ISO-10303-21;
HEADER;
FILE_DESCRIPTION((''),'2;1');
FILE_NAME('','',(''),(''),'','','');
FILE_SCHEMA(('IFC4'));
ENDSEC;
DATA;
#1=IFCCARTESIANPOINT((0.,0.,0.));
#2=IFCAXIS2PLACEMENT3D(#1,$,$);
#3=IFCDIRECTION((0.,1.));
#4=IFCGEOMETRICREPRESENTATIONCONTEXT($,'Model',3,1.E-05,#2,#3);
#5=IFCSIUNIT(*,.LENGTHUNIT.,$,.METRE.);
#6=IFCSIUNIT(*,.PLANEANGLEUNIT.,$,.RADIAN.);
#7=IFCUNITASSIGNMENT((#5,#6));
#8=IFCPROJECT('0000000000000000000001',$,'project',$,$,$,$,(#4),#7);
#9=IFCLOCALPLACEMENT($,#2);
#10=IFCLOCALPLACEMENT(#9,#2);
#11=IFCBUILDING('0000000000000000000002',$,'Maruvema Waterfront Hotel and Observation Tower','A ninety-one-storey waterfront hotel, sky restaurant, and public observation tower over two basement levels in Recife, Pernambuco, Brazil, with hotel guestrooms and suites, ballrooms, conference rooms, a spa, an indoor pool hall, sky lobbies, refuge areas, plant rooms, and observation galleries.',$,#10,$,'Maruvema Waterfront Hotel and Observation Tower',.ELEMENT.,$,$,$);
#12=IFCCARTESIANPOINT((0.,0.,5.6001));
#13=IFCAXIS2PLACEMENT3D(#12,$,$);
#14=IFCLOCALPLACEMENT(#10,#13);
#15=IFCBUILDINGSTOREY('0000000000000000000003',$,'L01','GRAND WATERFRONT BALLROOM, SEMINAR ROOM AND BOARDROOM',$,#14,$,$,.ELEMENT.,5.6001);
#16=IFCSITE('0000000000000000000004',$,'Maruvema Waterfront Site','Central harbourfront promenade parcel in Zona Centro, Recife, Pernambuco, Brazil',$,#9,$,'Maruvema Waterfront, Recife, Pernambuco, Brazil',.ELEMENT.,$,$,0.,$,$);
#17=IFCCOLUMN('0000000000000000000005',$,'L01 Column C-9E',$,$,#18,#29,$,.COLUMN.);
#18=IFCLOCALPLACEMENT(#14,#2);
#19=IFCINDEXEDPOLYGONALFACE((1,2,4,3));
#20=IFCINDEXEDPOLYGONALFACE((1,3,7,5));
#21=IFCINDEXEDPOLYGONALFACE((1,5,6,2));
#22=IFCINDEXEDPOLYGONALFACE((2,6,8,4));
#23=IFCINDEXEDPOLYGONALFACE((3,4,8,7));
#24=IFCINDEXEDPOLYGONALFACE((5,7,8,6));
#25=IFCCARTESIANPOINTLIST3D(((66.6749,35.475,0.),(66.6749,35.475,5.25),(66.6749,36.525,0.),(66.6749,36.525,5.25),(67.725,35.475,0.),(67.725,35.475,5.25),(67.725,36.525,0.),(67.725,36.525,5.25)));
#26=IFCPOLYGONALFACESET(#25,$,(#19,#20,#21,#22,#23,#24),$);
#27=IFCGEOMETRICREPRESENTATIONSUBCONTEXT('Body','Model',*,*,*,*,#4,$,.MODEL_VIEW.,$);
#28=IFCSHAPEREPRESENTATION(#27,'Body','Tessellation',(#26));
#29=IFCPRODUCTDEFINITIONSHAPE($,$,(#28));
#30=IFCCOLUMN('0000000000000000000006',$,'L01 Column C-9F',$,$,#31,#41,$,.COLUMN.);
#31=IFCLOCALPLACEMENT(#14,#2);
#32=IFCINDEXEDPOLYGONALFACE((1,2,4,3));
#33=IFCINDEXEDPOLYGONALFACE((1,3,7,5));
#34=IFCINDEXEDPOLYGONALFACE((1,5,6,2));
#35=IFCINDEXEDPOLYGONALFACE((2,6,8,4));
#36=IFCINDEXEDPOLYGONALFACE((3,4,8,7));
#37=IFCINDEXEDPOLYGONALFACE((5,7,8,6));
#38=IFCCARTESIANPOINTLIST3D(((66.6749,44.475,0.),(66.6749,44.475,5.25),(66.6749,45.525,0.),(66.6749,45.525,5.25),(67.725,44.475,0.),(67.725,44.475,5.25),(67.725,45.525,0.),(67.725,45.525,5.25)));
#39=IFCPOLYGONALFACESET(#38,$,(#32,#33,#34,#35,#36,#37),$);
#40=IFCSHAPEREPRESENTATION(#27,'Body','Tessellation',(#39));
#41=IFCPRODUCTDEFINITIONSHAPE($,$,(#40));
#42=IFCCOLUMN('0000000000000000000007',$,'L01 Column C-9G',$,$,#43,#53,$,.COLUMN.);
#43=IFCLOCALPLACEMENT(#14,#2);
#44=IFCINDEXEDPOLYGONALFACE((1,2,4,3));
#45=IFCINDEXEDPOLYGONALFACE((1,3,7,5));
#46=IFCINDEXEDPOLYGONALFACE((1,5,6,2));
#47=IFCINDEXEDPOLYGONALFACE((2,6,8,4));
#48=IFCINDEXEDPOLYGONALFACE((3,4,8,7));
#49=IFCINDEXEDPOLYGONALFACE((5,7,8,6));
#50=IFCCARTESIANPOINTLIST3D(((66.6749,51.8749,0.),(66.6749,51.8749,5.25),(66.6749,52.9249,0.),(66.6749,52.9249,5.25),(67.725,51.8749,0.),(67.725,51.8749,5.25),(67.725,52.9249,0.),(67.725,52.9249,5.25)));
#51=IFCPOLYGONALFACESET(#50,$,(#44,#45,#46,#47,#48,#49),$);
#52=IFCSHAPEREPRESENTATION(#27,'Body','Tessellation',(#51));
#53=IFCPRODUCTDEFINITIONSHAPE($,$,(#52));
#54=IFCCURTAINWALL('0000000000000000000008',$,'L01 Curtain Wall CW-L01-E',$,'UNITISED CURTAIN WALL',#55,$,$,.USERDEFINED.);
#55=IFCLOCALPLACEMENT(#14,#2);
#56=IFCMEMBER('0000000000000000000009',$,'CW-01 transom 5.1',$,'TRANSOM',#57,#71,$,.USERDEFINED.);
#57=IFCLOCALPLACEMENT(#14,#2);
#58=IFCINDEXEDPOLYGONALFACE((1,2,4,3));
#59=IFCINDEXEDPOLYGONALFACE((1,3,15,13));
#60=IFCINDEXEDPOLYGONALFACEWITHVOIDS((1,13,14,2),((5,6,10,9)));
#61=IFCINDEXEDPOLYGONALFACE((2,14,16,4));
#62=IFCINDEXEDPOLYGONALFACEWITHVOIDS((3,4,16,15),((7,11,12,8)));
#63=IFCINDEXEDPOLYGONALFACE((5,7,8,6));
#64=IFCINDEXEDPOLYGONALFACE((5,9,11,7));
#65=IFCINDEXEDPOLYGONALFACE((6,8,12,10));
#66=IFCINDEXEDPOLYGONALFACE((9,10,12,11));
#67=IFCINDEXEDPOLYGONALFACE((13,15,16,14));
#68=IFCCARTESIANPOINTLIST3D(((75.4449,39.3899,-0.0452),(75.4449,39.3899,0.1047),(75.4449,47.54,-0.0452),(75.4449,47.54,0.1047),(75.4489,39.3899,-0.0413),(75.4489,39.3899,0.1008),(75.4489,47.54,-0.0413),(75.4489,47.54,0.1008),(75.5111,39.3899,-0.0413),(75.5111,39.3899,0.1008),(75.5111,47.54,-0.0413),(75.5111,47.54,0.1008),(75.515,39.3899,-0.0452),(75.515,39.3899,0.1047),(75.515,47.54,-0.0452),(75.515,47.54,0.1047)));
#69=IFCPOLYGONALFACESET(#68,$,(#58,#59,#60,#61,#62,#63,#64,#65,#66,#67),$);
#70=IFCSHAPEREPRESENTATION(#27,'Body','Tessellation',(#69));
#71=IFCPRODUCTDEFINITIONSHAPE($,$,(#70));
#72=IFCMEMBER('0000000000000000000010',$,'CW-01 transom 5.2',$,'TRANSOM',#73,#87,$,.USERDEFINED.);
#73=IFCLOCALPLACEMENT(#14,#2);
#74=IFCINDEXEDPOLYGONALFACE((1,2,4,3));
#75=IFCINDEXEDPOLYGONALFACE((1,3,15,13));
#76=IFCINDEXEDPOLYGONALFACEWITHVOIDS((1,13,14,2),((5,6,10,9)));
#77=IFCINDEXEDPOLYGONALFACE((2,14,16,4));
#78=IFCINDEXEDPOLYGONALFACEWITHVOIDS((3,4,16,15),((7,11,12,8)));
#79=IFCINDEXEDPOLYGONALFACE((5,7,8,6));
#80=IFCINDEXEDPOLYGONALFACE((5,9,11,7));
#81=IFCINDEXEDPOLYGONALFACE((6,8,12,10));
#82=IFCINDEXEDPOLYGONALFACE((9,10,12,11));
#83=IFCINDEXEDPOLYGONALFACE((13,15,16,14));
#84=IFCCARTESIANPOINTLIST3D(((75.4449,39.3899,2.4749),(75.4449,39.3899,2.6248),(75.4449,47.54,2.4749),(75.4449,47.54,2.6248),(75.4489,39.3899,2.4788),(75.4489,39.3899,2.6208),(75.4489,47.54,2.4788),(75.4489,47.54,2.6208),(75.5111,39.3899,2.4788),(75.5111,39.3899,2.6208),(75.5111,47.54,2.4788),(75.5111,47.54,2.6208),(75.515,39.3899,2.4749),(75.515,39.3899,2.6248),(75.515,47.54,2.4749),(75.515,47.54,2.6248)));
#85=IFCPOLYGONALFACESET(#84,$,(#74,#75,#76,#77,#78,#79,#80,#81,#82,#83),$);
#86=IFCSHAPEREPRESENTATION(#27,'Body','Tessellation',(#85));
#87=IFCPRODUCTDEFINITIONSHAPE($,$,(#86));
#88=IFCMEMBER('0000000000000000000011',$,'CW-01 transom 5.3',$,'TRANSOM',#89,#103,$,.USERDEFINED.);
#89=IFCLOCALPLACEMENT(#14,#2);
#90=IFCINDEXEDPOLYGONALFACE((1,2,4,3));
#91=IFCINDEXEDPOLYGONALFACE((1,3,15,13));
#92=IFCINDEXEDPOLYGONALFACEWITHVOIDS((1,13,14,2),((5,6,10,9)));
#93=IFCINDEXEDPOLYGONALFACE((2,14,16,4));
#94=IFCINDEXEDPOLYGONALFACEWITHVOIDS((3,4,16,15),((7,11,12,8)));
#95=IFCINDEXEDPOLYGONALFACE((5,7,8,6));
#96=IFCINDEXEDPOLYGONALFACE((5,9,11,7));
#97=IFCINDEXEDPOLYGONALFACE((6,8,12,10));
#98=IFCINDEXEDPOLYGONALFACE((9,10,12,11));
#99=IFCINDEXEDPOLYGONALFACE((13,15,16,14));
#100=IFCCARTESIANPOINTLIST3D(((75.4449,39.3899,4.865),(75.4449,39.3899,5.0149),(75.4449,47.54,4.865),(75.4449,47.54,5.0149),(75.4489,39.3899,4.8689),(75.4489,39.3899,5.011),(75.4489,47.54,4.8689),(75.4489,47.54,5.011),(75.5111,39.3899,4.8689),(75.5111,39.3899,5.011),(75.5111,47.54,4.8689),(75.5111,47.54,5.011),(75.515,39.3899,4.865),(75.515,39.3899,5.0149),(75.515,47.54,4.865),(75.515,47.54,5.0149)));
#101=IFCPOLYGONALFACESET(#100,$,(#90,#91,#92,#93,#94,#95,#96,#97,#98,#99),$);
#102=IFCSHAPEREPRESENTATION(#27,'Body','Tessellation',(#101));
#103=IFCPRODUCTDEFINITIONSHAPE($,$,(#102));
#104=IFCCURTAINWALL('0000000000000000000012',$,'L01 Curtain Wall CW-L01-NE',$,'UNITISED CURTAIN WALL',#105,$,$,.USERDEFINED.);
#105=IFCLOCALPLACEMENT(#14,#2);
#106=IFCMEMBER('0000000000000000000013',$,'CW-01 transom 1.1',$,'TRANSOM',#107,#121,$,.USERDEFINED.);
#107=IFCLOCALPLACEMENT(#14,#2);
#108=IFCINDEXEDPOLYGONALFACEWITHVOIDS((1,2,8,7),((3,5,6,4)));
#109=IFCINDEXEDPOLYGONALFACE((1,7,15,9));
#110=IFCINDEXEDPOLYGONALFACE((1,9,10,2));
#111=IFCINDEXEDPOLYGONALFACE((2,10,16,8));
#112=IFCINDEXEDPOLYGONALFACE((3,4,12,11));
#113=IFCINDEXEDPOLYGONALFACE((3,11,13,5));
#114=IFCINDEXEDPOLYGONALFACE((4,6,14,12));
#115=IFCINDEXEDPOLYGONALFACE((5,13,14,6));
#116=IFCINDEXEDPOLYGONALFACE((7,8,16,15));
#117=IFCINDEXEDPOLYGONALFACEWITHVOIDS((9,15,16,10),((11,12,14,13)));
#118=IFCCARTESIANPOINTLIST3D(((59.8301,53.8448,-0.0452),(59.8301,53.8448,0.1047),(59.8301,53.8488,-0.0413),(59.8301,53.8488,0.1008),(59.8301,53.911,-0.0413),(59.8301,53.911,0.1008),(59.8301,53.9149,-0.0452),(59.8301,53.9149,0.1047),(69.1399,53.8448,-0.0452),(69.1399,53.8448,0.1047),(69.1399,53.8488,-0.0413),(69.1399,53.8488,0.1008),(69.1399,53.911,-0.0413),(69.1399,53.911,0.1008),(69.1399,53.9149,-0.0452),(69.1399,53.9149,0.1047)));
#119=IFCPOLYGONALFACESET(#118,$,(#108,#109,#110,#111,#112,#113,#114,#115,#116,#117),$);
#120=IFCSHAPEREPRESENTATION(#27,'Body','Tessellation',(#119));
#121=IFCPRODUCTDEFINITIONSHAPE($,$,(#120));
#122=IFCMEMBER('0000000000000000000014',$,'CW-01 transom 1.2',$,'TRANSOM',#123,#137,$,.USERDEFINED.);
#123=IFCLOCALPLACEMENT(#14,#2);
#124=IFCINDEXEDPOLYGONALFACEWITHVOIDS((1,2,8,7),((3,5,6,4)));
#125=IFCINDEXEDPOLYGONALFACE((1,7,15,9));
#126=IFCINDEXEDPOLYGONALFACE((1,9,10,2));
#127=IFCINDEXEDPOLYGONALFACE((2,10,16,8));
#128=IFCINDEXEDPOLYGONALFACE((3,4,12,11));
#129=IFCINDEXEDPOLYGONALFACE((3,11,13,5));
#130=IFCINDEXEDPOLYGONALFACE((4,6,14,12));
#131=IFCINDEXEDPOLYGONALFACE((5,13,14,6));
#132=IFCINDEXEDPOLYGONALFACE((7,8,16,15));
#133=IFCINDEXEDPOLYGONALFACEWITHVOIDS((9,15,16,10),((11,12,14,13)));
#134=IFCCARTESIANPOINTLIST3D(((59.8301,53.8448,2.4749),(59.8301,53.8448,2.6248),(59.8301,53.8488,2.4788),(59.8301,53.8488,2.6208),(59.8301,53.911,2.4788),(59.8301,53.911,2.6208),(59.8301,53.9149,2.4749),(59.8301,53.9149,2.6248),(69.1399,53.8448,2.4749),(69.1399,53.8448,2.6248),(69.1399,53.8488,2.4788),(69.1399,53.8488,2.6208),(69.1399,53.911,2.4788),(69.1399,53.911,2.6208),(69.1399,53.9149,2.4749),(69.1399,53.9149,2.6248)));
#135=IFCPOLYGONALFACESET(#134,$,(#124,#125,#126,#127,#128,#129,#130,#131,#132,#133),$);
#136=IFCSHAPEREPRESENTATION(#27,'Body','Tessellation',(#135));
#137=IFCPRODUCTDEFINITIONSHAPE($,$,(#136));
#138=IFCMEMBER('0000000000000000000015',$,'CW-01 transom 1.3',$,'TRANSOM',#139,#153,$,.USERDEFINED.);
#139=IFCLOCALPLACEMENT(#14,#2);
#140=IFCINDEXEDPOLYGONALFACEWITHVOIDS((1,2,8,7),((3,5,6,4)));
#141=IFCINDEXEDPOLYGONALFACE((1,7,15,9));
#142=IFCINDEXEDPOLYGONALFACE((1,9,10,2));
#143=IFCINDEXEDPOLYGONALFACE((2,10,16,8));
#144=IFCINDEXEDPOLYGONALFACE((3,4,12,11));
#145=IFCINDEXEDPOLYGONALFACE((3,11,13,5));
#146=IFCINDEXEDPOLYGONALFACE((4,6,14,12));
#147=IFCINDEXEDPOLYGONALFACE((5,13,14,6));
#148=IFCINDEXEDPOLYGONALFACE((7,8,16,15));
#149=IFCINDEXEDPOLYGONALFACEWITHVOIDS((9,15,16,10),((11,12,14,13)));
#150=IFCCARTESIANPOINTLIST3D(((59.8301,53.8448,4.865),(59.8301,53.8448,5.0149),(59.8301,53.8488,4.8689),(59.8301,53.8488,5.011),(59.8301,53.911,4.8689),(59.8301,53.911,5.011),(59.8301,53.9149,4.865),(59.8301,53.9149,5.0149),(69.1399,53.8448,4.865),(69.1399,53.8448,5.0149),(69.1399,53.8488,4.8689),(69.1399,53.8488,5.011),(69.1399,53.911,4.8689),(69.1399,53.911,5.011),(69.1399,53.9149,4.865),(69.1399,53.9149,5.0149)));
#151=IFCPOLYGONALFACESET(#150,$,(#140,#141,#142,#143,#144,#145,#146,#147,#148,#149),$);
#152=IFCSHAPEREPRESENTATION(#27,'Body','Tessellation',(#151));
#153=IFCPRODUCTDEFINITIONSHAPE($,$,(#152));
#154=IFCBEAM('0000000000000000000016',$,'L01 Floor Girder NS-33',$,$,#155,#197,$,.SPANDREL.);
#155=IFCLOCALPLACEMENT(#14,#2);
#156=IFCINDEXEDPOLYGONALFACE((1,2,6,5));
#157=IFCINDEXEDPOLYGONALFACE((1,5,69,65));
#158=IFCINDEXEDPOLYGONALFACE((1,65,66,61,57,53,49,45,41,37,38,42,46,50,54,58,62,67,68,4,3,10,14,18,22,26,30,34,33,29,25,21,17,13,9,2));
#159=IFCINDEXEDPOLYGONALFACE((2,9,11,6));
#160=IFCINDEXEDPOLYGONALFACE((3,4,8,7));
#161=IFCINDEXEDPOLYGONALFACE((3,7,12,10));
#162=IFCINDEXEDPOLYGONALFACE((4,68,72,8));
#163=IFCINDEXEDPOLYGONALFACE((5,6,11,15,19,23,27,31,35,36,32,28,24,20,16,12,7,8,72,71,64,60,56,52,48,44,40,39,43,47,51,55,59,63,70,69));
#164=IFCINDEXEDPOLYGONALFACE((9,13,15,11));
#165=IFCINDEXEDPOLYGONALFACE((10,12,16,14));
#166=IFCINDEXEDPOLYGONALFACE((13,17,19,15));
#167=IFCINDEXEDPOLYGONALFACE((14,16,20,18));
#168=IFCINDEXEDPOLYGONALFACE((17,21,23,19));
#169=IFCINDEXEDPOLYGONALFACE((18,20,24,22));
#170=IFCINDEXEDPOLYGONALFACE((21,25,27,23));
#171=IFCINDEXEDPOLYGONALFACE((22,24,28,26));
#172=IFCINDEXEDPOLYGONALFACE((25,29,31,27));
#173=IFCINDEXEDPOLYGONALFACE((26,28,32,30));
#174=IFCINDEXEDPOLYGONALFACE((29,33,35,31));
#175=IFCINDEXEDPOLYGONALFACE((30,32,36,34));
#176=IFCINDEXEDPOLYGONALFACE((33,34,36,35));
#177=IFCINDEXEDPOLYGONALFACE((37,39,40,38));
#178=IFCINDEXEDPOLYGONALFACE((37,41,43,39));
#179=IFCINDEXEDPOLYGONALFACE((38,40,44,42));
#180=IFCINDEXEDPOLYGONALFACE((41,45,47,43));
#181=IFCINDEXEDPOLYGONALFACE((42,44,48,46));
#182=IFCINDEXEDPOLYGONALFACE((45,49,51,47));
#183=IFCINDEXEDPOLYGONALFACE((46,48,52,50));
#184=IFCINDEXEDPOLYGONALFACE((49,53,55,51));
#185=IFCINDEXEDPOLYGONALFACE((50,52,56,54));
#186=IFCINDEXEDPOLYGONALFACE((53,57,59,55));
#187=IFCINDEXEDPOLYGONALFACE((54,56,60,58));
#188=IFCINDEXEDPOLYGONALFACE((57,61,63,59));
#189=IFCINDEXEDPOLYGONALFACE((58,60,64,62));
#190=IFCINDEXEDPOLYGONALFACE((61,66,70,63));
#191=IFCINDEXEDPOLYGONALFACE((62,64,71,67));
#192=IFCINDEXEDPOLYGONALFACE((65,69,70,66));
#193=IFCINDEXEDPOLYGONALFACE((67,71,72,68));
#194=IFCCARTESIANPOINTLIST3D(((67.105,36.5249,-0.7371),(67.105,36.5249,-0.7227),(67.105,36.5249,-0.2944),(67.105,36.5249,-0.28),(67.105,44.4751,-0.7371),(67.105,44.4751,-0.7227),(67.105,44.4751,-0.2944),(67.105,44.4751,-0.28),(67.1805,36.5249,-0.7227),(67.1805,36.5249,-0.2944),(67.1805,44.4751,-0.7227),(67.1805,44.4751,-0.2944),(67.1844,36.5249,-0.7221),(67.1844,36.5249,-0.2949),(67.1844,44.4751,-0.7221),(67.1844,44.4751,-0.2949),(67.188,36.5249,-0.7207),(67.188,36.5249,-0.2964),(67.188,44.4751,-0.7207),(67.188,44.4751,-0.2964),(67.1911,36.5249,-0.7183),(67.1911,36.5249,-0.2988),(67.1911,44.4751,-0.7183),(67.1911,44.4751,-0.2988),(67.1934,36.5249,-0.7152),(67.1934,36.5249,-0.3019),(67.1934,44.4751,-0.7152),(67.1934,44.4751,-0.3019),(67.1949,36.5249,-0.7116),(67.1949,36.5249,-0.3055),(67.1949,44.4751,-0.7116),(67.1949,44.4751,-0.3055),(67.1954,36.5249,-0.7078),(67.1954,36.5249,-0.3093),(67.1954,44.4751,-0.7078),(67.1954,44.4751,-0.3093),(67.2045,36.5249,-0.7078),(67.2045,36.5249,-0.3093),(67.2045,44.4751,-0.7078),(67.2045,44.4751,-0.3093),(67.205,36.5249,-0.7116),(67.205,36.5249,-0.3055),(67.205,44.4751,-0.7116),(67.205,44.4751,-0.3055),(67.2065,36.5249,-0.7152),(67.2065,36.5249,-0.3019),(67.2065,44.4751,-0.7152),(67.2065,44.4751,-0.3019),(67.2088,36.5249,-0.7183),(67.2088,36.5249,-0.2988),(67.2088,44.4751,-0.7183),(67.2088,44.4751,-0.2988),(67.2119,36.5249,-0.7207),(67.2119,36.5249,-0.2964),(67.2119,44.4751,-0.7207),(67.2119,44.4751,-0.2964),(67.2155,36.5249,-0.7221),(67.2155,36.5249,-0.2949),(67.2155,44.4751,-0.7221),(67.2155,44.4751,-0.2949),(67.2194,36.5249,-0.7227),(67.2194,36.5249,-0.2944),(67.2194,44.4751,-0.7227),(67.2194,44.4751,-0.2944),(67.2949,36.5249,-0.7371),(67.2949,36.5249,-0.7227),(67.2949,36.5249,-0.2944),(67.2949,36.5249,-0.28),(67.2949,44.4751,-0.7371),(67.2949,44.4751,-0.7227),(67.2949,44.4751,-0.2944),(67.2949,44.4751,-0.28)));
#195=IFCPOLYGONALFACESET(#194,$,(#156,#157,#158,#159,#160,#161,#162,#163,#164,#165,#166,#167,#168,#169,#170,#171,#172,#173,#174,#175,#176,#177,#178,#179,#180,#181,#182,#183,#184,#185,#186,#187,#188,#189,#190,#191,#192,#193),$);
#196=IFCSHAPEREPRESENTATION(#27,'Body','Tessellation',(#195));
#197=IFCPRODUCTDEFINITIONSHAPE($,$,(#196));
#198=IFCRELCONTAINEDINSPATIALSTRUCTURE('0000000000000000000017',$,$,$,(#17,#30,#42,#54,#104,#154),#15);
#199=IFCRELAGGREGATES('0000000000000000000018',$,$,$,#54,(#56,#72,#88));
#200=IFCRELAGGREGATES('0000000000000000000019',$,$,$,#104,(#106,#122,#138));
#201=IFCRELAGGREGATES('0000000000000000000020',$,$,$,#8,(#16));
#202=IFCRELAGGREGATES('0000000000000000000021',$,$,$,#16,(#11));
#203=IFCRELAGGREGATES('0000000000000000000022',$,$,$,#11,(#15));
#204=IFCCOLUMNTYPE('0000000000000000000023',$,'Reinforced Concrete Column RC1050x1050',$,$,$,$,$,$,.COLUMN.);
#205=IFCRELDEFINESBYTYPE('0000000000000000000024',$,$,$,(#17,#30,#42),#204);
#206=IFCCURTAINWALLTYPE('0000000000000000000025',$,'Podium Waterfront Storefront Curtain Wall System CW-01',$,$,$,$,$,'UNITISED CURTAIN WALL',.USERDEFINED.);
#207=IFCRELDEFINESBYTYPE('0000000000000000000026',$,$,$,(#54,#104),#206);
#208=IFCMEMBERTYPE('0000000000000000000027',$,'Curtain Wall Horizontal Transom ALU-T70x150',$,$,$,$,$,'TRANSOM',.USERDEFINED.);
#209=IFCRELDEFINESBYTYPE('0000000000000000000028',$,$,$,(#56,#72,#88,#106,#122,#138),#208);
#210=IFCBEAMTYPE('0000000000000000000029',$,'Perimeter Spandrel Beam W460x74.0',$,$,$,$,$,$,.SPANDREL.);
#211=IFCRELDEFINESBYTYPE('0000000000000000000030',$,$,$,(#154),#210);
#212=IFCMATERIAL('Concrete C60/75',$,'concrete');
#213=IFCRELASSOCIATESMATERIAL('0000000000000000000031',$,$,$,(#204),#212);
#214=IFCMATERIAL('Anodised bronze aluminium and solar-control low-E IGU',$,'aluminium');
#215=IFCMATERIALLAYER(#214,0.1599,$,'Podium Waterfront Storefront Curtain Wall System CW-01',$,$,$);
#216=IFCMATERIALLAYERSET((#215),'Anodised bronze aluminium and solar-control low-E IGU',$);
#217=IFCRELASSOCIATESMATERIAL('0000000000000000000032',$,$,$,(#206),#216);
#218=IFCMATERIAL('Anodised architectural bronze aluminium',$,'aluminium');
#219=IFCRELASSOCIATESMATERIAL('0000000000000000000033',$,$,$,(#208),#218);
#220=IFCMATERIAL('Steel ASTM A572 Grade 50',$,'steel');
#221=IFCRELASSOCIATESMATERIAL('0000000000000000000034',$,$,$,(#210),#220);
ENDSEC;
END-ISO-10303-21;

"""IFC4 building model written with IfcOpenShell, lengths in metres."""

from ifc_helpers import new_model, si_unit, direction, frame, origin, origin_2d, place, context, subcontext, project, spatial, rectangle, hollow_rectangle, i_section, extrude, material, layer, layer_set, material_profile, profile_set, type_object, element, aggregate, save


model = new_model("IFC4")

# Units and contexts
model_context = context("Model", 3, precision=1e-05, world=origin(), true_north=direction((0.0, 1.0)))
body_context = subcontext(model_context, "Body", "Model", "MODEL_VIEW")
ifc_project = project(units=[si_unit("LENGTHUNIT", "METRE"), si_unit("PLANEANGLEUNIT", "RADIAN")], contexts=[model_context])

# Site, building, storey
site_placement = place(None, origin())
site = spatial("IfcSite", under=ifc_project, at=site_placement, Name="Maruvema Waterfront Site", Description="Central harbourfront promenade parcel in Zona Centro, Recife, Pernambuco, Brazil", LongName="Maruvema Waterfront, Recife, Pernambuco, Brazil", CompositionType="ELEMENT", RefElevation=0.0)
building_placement = place(site_placement, origin())
building = spatial("IfcBuilding", under=site, at=building_placement, Name="Maruvema Waterfront Hotel and Observation Tower", Description="A ninety-one-storey waterfront hotel, sky restaurant, and public observation tower over two basement levels in Recife, Pernambuco, Brazil, with hotel guestrooms and suites, ballrooms, conference rooms, a spa, an indoor pool hall, sky lobbies, refuge areas, plant rooms, and observation galleries.", LongName="Maruvema Waterfront Hotel and Observation Tower", CompositionType="ELEMENT")
storey_placement = place(building_placement, frame((0.0, 0.0, 5.6001)))
storey = spatial("IfcBuildingStorey", under=building, at=storey_placement, Name="L01", Description="GRAND WATERFRONT BALLROOM, SEMINAR ROOM AND BOARDROOM", CompositionType="ELEMENT", Elevation=5.6001)

# Columns
ifc_material_1 = material(Name="Concrete C60/75", Category="concrete")
ifc_material_profile_1 = material_profile(ifc_material_1, rectangle(XDim=1.05, YDim=1.05, at=origin_2d()), Name="RC1050x1050")
ifc_profile_set_1 = profile_set([ifc_material_profile_1], Name="Concrete C60/75")
column_type = type_object("IfcColumnType", Name="Reinforced Concrete Column RC1050x1050", PredefinedType="COLUMN", material=ifc_profile_set_1)
for number, where, z_axis, x_axis, name in (
    (1, (67.2, 36.0, 0.0), (0.0, 0.0, 1.0), (1.0, 0.0, 0.0), "L01 Column C-9E"),
    (2, (67.2, 45.0, 0.0), (0.0, 0.0, 1.0), (1.0, 0.0, 0.0), "L01 Column C-9F"),
    (3, (67.2, 52.3999, 0.0), (0.0, 0.0, 1.0), (1.0, 0.0, 0.0), "L01 Column C-9G"),
):
    element("IfcColumn", number, at=place(storey_placement, frame(where, z_axis=z_axis, x_axis=x_axis)), inside=storey, type_object=column_type, Name=name, PredefinedType="COLUMN", context=body_context, shape_type="SweptSolid", body=[
        extrude(rectangle(XDim=1.05, YDim=1.05, at=origin_2d()), origin(), (0.0, 0.0, 1.0), 5.25),
    ])

# Curtain walls, members
ifc_material_2 = material(Name="Anodised bronze aluminium and solar-control low-E IGU", Category="aluminium")
ifc_layer_1 = layer(ifc_material_2, 0.1599, Name="Podium Waterfront Storefront Curtain Wall System CW-01")
ifc_layer_set_1 = layer_set([ifc_layer_1], Name="Anodised bronze aluminium and solar-control low-E IGU")
curtain_wall_type = type_object("IfcCurtainWallType", Name="Podium Waterfront Storefront Curtain Wall System CW-01", ElementType="UNITISED CURTAIN WALL", PredefinedType="USERDEFINED", material=ifc_layer_set_1)
curtain_wall_1_placement = place(storey_placement, origin())
curtain_wall_1 = element("IfcCurtainWall", 4, at=curtain_wall_1_placement, inside=storey, type_object=curtain_wall_type, Name="L01 Curtain Wall CW-L01-E", ObjectType="UNITISED CURTAIN WALL", PredefinedType="USERDEFINED")
ifc_material_3 = material(Name="Anodised architectural bronze aluminium", Category="aluminium")
ifc_material_profile_2 = material_profile(ifc_material_3, hollow_rectangle(XDim=0.0701, YDim=0.1499, WallThickness=0.0039, at=origin_2d()), Name="ALU-T70x150")
ifc_profile_set_2 = profile_set([ifc_material_profile_2], Name="Anodised architectural bronze aluminium")
member_type_1 = type_object("IfcMemberType", Name="Curtain Wall Horizontal Transom ALU-T70x150", ElementType="TRANSOM", PredefinedType="USERDEFINED", material=ifc_profile_set_2)
member_1_placement = place(storey_placement, frame((75.48, 39.3899, 0.0298), z_axis=(0.0, 1.0, 0.0), x_axis=(-1.0, 0.0, 0.0)))
member_1 = element("IfcMember", 5, at=member_1_placement, type_object=member_type_1, Name="CW-01 transom 5.1", ObjectType="TRANSOM", PredefinedType="USERDEFINED", context=body_context, shape_type="SweptSolid", body=[
    extrude(hollow_rectangle(XDim=0.0701, YDim=0.1499, WallThickness=0.0039, at=origin_2d()), origin(), (0.0, 0.0, 1.0), 8.1501),
])
member_2_placement = place(storey_placement, frame((75.48, 39.3899, 2.5498), z_axis=(0.0, 1.0, 0.0), x_axis=(-1.0, 0.0, 0.0)))
member_2 = element("IfcMember", 6, at=member_2_placement, type_object=member_type_1, Name="CW-01 transom 5.2", ObjectType="TRANSOM", PredefinedType="USERDEFINED", context=body_context, shape_type="SweptSolid", body=[
    extrude(hollow_rectangle(XDim=0.0701, YDim=0.1499, WallThickness=0.0039, at=origin_2d()), origin(), (0.0, 0.0, 1.0), 8.1501),
])
member_3_placement = place(storey_placement, frame((75.48, 39.3899, 4.9399), z_axis=(0.0, 1.0, 0.0), x_axis=(-1.0, 0.0, 0.0)))
member_3 = element("IfcMember", 7, at=member_3_placement, type_object=member_type_1, Name="CW-01 transom 5.3", ObjectType="TRANSOM", PredefinedType="USERDEFINED", context=body_context, shape_type="SweptSolid", body=[
    extrude(hollow_rectangle(XDim=0.0701, YDim=0.1499, WallThickness=0.0039, at=origin_2d()), origin(), (0.0, 0.0, 1.0), 8.1501),
])
curtain_wall_2_placement = place(storey_placement, origin())
curtain_wall_2 = element("IfcCurtainWall", 8, at=curtain_wall_2_placement, inside=storey, type_object=curtain_wall_type, Name="L01 Curtain Wall CW-L01-NE", ObjectType="UNITISED CURTAIN WALL", PredefinedType="USERDEFINED")
member_4_placement = place(storey_placement, frame((69.1399, 53.8799, 0.0298), z_axis=(-1.0, 0.0, 0.0), x_axis=(0.0, -1.0, 0.0)))
member_4 = element("IfcMember", 9, at=member_4_placement, type_object=member_type_1, Name="CW-01 transom 1.1", ObjectType="TRANSOM", PredefinedType="USERDEFINED", context=body_context, shape_type="SweptSolid", body=[
    extrude(hollow_rectangle(XDim=0.0701, YDim=0.1499, WallThickness=0.0039, at=origin_2d()), origin(), (0.0, 0.0, 1.0), 9.3098),
])
member_5_placement = place(storey_placement, frame((69.1399, 53.8799, 2.5498), z_axis=(-1.0, 0.0, 0.0), x_axis=(0.0, -1.0, 0.0)))
member_5 = element("IfcMember", 10, at=member_5_placement, type_object=member_type_1, Name="CW-01 transom 1.2", ObjectType="TRANSOM", PredefinedType="USERDEFINED", context=body_context, shape_type="SweptSolid", body=[
    extrude(hollow_rectangle(XDim=0.0701, YDim=0.1499, WallThickness=0.0039, at=origin_2d()), origin(), (0.0, 0.0, 1.0), 9.3098),
])
member_6_placement = place(storey_placement, frame((69.1399, 53.8799, 4.9399), z_axis=(-1.0, 0.0, 0.0), x_axis=(0.0, -1.0, 0.0)))
member_6 = element("IfcMember", 11, at=member_6_placement, type_object=member_type_1, Name="CW-01 transom 1.3", ObjectType="TRANSOM", PredefinedType="USERDEFINED", context=body_context, shape_type="SweptSolid", body=[
    extrude(hollow_rectangle(XDim=0.0701, YDim=0.1499, WallThickness=0.0039, at=origin_2d()), origin(), (0.0, 0.0, 1.0), 9.3098),
])

# Beam
ifc_material_4 = material(Name="Steel ASTM A572 Grade 50", Category="steel")
ifc_material_profile_3 = material_profile(ifc_material_4, i_section(OverallWidth=0.1899, OverallDepth=0.457, WebThickness=0.009, FlangeThickness=0.0144, FilletRadius=0.0149, at=origin_2d()), Name="W460x74.0")
ifc_profile_set_3 = profile_set([ifc_material_profile_3], Name="Steel ASTM A572 Grade 50")
beam_type_1 = type_object("IfcBeamType", Name="Perimeter Spandrel Beam W460x74.0", PredefinedType="SPANDREL", material=ifc_profile_set_3)
beam_1_placement = place(storey_placement, frame((67.2, 36.5249, -0.5085), z_axis=(0.0, 1.0, 0.0), x_axis=(-1.0, 0.0, 0.0)))
element("IfcBeam", 12, at=beam_1_placement, inside=storey, type_object=beam_type_1, Name="L01 Floor Girder NS-33", PredefinedType="SPANDREL", context=body_context, shape_type="SweptSolid", body=[
    extrude(i_section(OverallWidth=0.1899, OverallDepth=0.457, WebThickness=0.009, FlangeThickness=0.0144, FilletRadius=0.0149, at=origin_2d()), origin(), (0.0, 0.0, 1.0), 7.9502),
])

aggregate(curtain_wall_1, [member_1, member_2, member_3])
aggregate(curtain_wall_2, [member_4, member_5, member_6])

save(model, "model.ifc")
